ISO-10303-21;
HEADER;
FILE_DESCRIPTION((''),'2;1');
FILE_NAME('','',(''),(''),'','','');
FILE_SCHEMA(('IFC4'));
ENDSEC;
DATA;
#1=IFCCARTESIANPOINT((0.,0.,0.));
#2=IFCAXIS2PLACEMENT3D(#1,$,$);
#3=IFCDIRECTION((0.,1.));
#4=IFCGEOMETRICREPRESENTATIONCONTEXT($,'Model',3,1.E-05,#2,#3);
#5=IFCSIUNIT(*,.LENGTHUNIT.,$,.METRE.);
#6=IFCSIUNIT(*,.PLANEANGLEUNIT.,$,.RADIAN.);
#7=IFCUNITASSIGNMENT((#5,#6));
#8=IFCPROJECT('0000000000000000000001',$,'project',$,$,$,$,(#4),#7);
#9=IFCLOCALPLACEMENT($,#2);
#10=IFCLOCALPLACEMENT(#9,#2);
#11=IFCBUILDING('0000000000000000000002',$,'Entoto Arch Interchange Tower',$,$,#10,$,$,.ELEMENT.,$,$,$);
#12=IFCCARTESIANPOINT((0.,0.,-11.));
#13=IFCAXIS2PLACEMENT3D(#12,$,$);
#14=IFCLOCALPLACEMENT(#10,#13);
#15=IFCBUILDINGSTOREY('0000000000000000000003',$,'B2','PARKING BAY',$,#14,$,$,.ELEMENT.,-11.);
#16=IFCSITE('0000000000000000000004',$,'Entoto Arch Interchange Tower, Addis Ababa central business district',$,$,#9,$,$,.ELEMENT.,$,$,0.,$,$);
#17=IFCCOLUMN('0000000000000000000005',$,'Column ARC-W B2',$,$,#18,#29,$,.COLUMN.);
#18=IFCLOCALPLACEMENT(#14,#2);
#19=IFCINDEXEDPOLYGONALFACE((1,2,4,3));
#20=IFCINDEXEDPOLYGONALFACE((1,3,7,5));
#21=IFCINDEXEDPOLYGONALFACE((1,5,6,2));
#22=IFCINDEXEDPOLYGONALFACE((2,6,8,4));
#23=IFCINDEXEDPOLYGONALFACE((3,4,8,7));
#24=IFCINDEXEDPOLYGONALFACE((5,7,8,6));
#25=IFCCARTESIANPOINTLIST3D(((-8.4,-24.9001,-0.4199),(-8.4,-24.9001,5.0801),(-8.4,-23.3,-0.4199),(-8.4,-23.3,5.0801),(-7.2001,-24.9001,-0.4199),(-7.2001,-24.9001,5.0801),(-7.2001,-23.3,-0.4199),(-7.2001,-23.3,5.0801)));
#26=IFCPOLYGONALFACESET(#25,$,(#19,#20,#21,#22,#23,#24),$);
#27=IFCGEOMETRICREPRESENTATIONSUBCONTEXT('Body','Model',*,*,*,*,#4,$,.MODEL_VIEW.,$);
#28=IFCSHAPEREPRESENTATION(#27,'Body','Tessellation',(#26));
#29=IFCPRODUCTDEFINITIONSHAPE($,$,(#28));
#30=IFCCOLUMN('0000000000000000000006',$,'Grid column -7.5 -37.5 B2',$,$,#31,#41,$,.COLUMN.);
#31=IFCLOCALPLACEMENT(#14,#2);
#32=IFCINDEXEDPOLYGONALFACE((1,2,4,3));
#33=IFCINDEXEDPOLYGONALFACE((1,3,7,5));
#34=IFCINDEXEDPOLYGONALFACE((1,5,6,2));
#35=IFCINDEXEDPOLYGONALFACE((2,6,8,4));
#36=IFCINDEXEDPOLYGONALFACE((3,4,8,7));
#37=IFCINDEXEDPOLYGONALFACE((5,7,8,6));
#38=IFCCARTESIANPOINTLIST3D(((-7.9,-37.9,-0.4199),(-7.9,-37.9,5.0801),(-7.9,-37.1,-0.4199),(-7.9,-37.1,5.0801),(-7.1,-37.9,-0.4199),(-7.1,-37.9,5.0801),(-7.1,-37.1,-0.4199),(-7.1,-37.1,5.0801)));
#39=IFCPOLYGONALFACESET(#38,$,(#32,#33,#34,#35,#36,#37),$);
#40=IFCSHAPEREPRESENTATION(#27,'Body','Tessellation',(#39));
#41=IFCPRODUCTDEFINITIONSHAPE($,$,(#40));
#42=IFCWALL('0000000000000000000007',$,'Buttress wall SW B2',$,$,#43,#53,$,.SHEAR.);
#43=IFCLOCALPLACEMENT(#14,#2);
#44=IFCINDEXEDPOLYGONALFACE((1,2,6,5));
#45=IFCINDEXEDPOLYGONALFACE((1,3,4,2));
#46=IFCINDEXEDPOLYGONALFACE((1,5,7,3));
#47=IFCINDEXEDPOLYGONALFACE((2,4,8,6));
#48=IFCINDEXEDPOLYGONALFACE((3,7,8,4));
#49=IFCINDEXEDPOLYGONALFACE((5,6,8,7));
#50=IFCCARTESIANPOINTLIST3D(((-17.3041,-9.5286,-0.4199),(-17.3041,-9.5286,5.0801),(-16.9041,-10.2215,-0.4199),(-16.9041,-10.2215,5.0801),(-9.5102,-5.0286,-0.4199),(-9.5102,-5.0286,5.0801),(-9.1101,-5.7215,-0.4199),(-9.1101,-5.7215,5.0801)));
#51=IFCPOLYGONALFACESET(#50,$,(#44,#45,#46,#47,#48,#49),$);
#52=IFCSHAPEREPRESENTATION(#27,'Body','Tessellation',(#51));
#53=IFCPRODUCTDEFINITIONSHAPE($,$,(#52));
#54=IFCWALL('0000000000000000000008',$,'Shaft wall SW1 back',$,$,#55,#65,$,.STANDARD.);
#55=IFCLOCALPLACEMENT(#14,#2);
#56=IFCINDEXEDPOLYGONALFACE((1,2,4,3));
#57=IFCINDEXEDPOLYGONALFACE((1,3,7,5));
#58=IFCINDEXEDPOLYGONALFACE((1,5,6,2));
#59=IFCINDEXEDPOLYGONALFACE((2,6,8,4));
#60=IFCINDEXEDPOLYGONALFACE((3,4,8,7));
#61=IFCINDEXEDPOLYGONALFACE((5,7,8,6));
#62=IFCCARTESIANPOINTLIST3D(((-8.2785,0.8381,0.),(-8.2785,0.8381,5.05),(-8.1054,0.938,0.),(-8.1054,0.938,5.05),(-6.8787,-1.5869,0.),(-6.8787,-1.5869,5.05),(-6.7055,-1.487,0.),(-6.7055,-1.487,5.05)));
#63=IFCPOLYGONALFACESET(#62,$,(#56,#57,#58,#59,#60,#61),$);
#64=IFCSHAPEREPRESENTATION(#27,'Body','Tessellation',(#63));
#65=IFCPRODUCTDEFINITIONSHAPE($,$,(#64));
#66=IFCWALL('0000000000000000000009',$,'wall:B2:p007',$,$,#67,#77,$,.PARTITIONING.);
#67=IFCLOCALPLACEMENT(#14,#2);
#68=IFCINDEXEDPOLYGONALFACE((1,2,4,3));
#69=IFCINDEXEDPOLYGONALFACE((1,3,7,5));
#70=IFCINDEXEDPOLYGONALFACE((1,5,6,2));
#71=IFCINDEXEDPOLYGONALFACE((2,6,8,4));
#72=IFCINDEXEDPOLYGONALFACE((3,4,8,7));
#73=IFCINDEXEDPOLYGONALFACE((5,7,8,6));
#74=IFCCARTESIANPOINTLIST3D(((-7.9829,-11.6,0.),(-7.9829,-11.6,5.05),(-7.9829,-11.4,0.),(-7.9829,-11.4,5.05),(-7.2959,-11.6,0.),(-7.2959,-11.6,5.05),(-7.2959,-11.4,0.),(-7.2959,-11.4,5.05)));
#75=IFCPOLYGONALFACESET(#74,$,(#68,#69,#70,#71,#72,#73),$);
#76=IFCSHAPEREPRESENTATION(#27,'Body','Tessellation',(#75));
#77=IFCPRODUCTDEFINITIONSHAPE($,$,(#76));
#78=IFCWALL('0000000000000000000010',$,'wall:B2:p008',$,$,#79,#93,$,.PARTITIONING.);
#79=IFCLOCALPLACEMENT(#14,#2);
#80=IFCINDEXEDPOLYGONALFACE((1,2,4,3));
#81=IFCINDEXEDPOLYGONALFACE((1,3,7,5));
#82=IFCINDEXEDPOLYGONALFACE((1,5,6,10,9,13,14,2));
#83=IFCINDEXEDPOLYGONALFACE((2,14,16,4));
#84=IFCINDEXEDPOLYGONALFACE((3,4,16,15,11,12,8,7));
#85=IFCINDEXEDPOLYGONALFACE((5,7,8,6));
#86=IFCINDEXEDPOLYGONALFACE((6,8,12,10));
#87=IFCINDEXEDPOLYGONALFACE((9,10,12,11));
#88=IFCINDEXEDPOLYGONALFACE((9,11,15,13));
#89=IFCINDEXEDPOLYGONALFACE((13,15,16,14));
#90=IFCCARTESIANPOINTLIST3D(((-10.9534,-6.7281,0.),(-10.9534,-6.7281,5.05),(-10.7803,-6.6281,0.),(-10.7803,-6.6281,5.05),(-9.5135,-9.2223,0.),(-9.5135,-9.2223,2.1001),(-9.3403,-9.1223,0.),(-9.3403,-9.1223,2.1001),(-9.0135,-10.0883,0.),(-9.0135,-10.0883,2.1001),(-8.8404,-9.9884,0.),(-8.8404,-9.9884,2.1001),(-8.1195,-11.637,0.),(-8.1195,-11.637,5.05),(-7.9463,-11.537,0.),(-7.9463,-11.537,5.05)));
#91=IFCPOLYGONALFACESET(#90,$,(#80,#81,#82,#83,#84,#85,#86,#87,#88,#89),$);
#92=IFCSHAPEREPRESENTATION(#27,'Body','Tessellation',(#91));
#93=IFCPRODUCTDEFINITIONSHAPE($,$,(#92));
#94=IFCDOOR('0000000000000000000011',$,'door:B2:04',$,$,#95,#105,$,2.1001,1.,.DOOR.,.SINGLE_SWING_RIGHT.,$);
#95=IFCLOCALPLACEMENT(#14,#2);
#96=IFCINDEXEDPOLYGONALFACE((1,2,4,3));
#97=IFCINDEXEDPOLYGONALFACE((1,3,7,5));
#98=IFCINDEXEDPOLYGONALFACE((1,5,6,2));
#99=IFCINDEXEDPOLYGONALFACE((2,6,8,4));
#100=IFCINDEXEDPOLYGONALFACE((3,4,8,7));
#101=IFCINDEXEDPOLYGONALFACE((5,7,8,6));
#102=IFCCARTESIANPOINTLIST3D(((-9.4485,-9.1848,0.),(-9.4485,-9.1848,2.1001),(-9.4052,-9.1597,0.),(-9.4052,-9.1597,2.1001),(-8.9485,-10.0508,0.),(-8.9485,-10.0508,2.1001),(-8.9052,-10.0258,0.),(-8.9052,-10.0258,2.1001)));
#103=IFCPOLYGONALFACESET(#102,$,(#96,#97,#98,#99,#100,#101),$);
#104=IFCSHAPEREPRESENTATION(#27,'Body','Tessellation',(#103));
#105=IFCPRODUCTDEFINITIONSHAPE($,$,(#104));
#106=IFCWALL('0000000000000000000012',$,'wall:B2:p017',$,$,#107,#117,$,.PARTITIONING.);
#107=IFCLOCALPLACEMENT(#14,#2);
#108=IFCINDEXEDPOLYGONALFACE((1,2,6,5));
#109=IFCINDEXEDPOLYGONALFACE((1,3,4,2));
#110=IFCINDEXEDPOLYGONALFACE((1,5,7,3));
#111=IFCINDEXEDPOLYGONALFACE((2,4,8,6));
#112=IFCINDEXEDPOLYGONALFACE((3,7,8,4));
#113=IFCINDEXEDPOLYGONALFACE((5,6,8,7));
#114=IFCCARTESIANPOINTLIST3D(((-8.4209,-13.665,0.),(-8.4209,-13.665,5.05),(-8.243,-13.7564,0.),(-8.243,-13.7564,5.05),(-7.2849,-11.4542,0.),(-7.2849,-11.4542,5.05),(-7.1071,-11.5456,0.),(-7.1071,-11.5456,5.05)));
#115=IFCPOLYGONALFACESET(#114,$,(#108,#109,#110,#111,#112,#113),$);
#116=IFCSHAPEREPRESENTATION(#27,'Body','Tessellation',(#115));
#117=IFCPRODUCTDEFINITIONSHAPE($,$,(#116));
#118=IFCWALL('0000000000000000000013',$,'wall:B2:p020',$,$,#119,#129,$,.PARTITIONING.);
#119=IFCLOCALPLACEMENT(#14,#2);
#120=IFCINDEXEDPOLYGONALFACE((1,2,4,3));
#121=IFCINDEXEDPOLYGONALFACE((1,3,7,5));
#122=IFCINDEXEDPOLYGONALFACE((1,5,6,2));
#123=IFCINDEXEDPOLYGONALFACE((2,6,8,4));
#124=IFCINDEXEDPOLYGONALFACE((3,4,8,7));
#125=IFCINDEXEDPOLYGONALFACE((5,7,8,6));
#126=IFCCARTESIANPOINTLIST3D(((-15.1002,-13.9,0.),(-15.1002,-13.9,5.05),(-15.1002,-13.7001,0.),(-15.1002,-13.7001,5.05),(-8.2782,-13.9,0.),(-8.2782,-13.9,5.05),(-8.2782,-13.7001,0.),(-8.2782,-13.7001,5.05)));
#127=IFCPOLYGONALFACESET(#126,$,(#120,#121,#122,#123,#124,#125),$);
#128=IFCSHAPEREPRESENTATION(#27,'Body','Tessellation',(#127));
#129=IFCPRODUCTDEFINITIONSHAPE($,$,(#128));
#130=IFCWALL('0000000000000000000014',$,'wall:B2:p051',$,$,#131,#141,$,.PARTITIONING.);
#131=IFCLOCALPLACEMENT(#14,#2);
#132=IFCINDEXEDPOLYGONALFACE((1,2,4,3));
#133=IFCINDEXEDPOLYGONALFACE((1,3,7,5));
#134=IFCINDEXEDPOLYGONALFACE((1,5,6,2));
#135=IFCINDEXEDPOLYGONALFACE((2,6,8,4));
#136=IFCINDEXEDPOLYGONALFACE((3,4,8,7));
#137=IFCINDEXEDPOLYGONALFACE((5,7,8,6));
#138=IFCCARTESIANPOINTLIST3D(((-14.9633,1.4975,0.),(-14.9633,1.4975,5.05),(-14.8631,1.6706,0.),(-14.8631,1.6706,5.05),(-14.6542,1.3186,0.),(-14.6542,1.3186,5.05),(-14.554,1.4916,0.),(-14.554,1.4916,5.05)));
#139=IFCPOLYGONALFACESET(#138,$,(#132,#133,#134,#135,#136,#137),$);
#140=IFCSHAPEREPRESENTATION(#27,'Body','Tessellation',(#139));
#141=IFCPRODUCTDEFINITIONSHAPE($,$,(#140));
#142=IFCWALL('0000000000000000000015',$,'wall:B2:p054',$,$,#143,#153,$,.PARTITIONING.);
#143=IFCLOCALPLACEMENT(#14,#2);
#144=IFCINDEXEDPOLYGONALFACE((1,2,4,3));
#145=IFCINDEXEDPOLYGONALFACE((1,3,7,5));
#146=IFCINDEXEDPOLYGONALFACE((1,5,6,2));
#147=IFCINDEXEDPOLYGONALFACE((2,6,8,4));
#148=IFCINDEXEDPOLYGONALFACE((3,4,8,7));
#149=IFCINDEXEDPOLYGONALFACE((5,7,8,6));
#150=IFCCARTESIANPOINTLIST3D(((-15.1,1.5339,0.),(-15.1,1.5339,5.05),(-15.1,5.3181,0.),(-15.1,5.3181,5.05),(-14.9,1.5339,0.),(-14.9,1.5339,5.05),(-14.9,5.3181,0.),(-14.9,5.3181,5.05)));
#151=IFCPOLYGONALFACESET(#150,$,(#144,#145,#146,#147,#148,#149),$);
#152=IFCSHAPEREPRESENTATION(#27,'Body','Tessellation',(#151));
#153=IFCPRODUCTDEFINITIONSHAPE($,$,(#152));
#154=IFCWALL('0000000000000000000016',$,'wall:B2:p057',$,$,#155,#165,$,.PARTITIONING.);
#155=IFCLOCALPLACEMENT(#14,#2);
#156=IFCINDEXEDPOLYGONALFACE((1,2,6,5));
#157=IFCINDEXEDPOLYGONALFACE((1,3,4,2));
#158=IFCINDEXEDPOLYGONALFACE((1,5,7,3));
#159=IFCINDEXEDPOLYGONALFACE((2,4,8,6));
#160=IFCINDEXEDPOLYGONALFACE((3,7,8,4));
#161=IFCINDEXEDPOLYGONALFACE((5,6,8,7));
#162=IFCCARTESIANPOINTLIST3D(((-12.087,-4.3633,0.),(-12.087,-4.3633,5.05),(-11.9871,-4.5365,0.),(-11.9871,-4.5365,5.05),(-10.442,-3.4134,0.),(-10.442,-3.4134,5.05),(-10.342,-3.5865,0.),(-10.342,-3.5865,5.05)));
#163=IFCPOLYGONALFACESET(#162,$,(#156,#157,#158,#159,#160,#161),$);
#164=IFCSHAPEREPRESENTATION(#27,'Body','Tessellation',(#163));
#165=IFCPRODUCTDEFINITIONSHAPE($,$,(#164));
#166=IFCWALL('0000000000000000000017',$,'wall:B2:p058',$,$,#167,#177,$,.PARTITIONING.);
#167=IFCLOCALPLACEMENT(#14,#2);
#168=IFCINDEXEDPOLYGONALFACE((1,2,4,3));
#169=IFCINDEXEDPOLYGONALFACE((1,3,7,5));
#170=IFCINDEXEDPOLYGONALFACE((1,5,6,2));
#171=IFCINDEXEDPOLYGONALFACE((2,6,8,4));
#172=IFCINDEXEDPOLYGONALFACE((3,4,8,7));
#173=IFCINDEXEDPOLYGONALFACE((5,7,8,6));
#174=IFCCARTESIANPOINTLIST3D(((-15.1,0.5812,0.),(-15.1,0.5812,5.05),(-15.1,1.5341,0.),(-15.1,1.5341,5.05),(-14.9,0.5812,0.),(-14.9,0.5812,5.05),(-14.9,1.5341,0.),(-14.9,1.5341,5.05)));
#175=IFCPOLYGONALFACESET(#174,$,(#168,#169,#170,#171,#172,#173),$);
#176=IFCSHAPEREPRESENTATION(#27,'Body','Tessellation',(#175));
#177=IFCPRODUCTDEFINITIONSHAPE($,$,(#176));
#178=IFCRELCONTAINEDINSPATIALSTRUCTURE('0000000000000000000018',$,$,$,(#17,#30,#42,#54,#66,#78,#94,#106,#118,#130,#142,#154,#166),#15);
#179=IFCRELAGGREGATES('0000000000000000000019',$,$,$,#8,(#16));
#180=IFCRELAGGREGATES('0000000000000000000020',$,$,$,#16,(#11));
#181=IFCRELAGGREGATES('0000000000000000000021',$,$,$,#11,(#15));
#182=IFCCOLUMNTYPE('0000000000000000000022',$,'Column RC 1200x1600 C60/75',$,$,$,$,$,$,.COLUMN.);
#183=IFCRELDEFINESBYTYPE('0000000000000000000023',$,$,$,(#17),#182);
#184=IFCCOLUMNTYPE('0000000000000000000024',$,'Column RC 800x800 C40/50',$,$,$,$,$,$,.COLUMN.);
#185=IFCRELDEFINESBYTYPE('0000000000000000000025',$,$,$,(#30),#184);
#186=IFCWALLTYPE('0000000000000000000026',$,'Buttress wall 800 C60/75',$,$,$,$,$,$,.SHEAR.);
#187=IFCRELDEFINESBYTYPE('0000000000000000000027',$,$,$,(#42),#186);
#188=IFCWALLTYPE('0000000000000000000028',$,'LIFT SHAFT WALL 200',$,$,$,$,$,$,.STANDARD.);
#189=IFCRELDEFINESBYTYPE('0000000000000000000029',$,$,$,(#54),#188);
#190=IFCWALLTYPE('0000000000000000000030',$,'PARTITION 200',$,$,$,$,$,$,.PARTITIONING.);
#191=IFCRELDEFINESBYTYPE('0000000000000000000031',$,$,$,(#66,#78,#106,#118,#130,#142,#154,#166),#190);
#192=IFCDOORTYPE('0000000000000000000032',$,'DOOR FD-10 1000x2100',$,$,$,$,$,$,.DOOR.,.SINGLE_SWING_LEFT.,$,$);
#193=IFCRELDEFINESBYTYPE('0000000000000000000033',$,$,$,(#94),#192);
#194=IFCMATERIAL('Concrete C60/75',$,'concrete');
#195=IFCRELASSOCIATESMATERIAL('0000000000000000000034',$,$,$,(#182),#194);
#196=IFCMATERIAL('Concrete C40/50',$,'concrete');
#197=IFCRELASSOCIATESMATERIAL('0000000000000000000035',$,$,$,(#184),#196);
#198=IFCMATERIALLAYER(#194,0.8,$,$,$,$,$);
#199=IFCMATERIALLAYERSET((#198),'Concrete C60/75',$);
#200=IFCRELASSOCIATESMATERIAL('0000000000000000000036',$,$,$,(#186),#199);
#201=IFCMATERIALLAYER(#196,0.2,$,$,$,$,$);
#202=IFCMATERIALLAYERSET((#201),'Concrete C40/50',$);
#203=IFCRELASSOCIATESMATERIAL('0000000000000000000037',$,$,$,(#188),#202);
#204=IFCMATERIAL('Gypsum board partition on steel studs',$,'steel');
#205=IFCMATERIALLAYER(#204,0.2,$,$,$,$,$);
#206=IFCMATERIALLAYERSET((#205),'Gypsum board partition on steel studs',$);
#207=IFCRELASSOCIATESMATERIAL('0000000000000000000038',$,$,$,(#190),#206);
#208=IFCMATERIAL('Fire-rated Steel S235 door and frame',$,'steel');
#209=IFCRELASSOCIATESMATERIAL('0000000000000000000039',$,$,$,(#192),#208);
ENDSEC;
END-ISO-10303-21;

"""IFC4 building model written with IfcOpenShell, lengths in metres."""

from ifc_helpers import new_model, si_unit, direction, frame, frame_2d, origin, origin_2d, place, context, subcontext, project, spatial, rectangle, extrude, material, layer, layer_set, material_profile, profile_set, type_object, element, fill, save


model = new_model("IFC4")

# Units and contexts
model_context = context("Model", 3, precision=1e-05, world=origin(), true_north=direction((0.0, 1.0)))
body_context = subcontext(model_context, "Body", "Model", "MODEL_VIEW")
ifc_project = project(units=[si_unit("LENGTHUNIT", "METRE"), si_unit("PLANEANGLEUNIT", "RADIAN")], contexts=[model_context])

# Site, building, storey
site_placement = place(None, origin())
site = spatial("IfcSite", under=ifc_project, at=site_placement, Name="Entoto Arch Interchange Tower, Addis Ababa central business district", CompositionType="ELEMENT", RefElevation=0.0)
building_placement = place(site_placement, origin())
building = spatial("IfcBuilding", under=site, at=building_placement, Name="Entoto Arch Interchange Tower", CompositionType="ELEMENT")
storey_placement = place(building_placement, frame((0.0, 0.0, -11.0)))
storey = spatial("IfcBuildingStorey", under=building, at=storey_placement, Name="B2", Description="PARKING BAY", CompositionType="ELEMENT", Elevation=-11.0)

# Columns
ifc_material_1 = material(Name="Concrete C60/75", Category="concrete")
ifc_material_profile_1 = material_profile(ifc_material_1, rectangle(XDim=1.2, YDim=1.6001, at=origin_2d()))
ifc_profile_set_1 = profile_set([ifc_material_profile_1], Name="Concrete C60/75")
column_type_1 = type_object("IfcColumnType", Name="Column RC 1200x1600 C60/75", PredefinedType="COLUMN", material=ifc_profile_set_1)
column_1_placement = place(storey_placement, frame((-7.8, -24.1001, -0.4199), z_axis=(0.0, 0.0, 1.0), x_axis=(1.0, 0.0, 0.0)))
element("IfcColumn", 1, at=column_1_placement, inside=storey, type_object=column_type_1, Name="Column ARC-W B2", PredefinedType="COLUMN", context=body_context, shape_type="SweptSolid", body=[
    extrude(rectangle(XDim=1.2, YDim=1.6001, at=origin_2d()), origin(), (0.0, 0.0, 1.0), 5.5),
])
ifc_material_2 = material(Name="Concrete C40/50", Category="concrete")
ifc_material_profile_2 = material_profile(ifc_material_2, rectangle(XDim=0.8, YDim=0.8, at=origin_2d()))
ifc_profile_set_2 = profile_set([ifc_material_profile_2], Name="Concrete C40/50")
column_type_2 = type_object("IfcColumnType", Name="Column RC 800x800 C40/50", PredefinedType="COLUMN", material=ifc_profile_set_2)
column_2_placement = place(storey_placement, frame((-7.5, -37.5, -0.4199), z_axis=(0.0, 0.0, 1.0), x_axis=(1.0, 0.0, 0.0)))
element("IfcColumn", 2, at=column_2_placement, inside=storey, type_object=column_type_2, Name="Grid column -7.5 -37.5 B2", PredefinedType="COLUMN", context=body_context, shape_type="SweptSolid", body=[
    extrude(rectangle(XDim=0.8, YDim=0.8, at=origin_2d()), origin(), (0.0, 0.0, 1.0), 5.5),
])

# Walls
ifc_layer_1 = layer(ifc_material_1, 0.8)
ifc_layer_set_1 = layer_set([ifc_layer_1], Name="Concrete C60/75")
wall_type_1 = type_object("IfcWallType", Name="Buttress wall 800 C60/75", PredefinedType="SHEAR", material=ifc_layer_set_1)
wall_1_placement = place(storey_placement, frame((-9.3101, -5.375, -0.4199), z_axis=(0.0, 0.0, 1.0), x_axis=(-0.866018, -0.500014, 0.0)))
element("IfcWall", 3, at=wall_1_placement, inside=storey, type_object=wall_type_1, Name="Buttress wall SW B2", PredefinedType="SHEAR", context=body_context, shape_type="SweptSolid", body=[
    extrude(rectangle(XDim=8.9998, YDim=0.8, at=frame_2d((4.5, 0.0))), origin(), (0.0, 0.0, 1.0), 5.5),
])
ifc_layer_2 = layer(ifc_material_2, 0.2)
ifc_layer_set_2 = layer_set([ifc_layer_2], Name="Concrete C40/50")
wall_type_2 = type_object("IfcWallType", Name="LIFT SHAFT WALL 200", PredefinedType="STANDARD", material=ifc_layer_set_2)
wall_2_placement = place(storey_placement, frame((-8.1919, 0.8879, 0.0), z_axis=(0.0, 0.0, 1.0), x_axis=(0.499946, -0.866056, 0.0)))
element("IfcWall", 4, at=wall_2_placement, inside=storey, type_object=wall_type_2, Name="Shaft wall SW1 back", PredefinedType="STANDARD", context=body_context, shape_type="SweptSolid", body=[
    extrude(rectangle(XDim=2.8, YDim=0.2, at=frame_2d((1.3999, 0.0))), origin(), (0.0, 0.0, 1.0), 5.05),
])
ifc_material_3 = material(Name="Gypsum board partition on steel studs", Category="steel")
ifc_layer_3 = layer(ifc_material_3, 0.2)
ifc_layer_set_3 = layer_set([ifc_layer_3], Name="Gypsum board partition on steel studs")
wall_type_3 = type_object("IfcWallType", Name="PARTITION 200", PredefinedType="PARTITIONING", material=ifc_layer_set_3)
wall_3_placement = place(storey_placement, frame((-7.2959, -11.5, 0.0), z_axis=(0.0, 0.0, 1.0), x_axis=(-1.0, 0.0, 0.0)))
element("IfcWall", 5, at=wall_3_placement, inside=storey, type_object=wall_type_3, Name="wall:B2:p007", PredefinedType="PARTITIONING", context=body_context, shape_type="SweptSolid", body=[
    extrude(rectangle(XDim=0.687, YDim=0.2, at=frame_2d((0.3435, 0.0))), origin(), (0.0, 0.0, 1.0), 5.05),
])

# Wall, opening, door
wall_4_placement = place(storey_placement, frame((-8.033, -11.5869, 0.0), z_axis=(0.0, 0.0, 1.0), x_axis=(-0.499975, 0.86604, 0.0)))
wall_4 = element("IfcWall", 6, at=wall_4_placement, inside=storey, type_object=wall_type_3, Name="wall:B2:p008", PredefinedType="PARTITIONING", context=body_context, shape_type="SweptSolid", body=[
    extrude(rectangle(XDim=5.6682, YDim=0.2, at=frame_2d((2.834, 0.0))), origin(), (0.0, 0.0, 1.0), 5.05),
])
opening_1_placement = place(wall_4_placement, frame((1.7881, 0.0, 0.0)))
opening_1 = element("IfcOpeningElement", 7, at=opening_1_placement, cuts=wall_4, PredefinedType="OPENING", context=body_context, shape_type="SweptSolid", body=[
    extrude(rectangle(XDim=1.0, YDim=2.1001, at=frame_2d((0.5, 1.05))), frame((0.0, 0.1099, 0.0), z_axis=(0.0, -1.0, 0.0), x_axis=(1.0, 0.0, 0.0)), (0.0, 0.0, 1.0), 0.22),
])
ifc_material_4 = material(Name="Fire-rated Steel S235 door and frame", Category="steel")
door_type_1 = type_object("IfcDoorType", Name="DOOR FD-10 1000x2100", OperationType="SINGLE_SWING_LEFT", PredefinedType="DOOR", material=ifc_material_4)
door_1_placement = place(opening_1_placement, origin())
door_1 = element("IfcDoor", 8, at=door_1_placement, inside=storey, type_object=door_type_1, Name="door:B2:04", OperationType="SINGLE_SWING_RIGHT", OverallHeight=2.1001, OverallWidth=1.0, PredefinedType="DOOR", context=body_context, shape_type="SweptSolid", body=[
    extrude(rectangle(XDim=1.0, YDim=2.1001, at=frame_2d((0.5, 1.05))), frame((0.0, 0.0249, 0.0), z_axis=(0.0, -1.0, 0.0), x_axis=(1.0, 0.0, 0.0)), (0.0, 0.0, 1.0), 0.05),
])
fill(opening_1, door_1)

# Walls
wall_5_placement = place(storey_placement, frame((-7.196, -11.5, 0.0), z_axis=(0.0, 0.0, 1.0), x_axis=(-0.457008, -0.889462, 0.0)))
element("IfcWall", 9, at=wall_5_placement, inside=storey, type_object=wall_type_3, Name="wall:B2:p017", PredefinedType="PARTITIONING", context=body_context, shape_type="SweptSolid", body=[
    extrude(rectangle(XDim=2.4856, YDim=0.2, at=frame_2d((1.2427, 0.0))), origin(), (0.0, 0.0, 1.0), 5.05),
])
wall_6_placement = place(storey_placement, frame((-8.2781, -13.8, 0.0), z_axis=(0.0, 0.0, 1.0), x_axis=(-1.0, 0.0, 0.0)))
element("IfcWall", 10, at=wall_6_placement, inside=storey, type_object=wall_type_3, Name="wall:B2:p020", PredefinedType="PARTITIONING", context=body_context, shape_type="SweptSolid", body=[
    extrude(rectangle(XDim=6.822, YDim=0.2, at=frame_2d((3.4111, 0.0))), origin(), (0.0, 0.0, 1.0), 5.05),
])
wall_7_placement = place(storey_placement, frame((-14.604, 1.405, 0.0), z_axis=(0.0, 0.0, 1.0), x_axis=(-0.865411, 0.501063, 0.0)))
element("IfcWall", 11, at=wall_7_placement, inside=storey, type_object=wall_type_3, Name="wall:B2:p051", PredefinedType="PARTITIONING", context=body_context, shape_type="SweptSolid", body=[
    extrude(rectangle(XDim=0.3572, YDim=0.2, at=frame_2d((0.1787, 0.0))), origin(), (0.0, 0.0, 1.0), 5.05),
])
wall_8_placement = place(storey_placement, frame((-15.0, 1.5339, 0.0), z_axis=(0.0, 0.0, 1.0), x_axis=(0.0, 1.0, 0.0)))
element("IfcWall", 12, at=wall_8_placement, inside=storey, type_object=wall_type_3, Name="wall:B2:p054", PredefinedType="PARTITIONING", context=body_context, shape_type="SweptSolid", body=[
    extrude(rectangle(XDim=3.7842, YDim=0.2, at=frame_2d((1.8921, 0.0))), origin(), (0.0, 0.0, 1.0), 5.05),
])
wall_9_placement = place(storey_placement, frame((-10.3921, -3.5, 0.0), z_axis=(0.0, 0.0, 1.0), x_axis=(-0.86598, -0.500078, 0.0)))
element("IfcWall", 13, at=wall_9_placement, inside=storey, type_object=wall_type_3, Name="wall:B2:p057", PredefinedType="PARTITIONING", context=body_context, shape_type="SweptSolid", body=[
    extrude(rectangle(XDim=1.8997, YDim=0.2, at=frame_2d((0.9497, 0.0))), origin(), (0.0, 0.0, 1.0), 5.05),
])
wall_10_placement = place(storey_placement, frame((-15.0, 0.5811, 0.0), z_axis=(0.0, 0.0, 1.0), x_axis=(0.0, 1.0, 0.0)))
element("IfcWall", 14, at=wall_10_placement, inside=storey, type_object=wall_type_3, Name="wall:B2:p058", PredefinedType="PARTITIONING", context=body_context, shape_type="SweptSolid", body=[
    extrude(rectangle(XDim=0.9529, YDim=0.2, at=frame_2d((0.4766, 0.0))), origin(), (0.0, 0.0, 1.0), 5.05),
])

save(model, "model.ifc")
